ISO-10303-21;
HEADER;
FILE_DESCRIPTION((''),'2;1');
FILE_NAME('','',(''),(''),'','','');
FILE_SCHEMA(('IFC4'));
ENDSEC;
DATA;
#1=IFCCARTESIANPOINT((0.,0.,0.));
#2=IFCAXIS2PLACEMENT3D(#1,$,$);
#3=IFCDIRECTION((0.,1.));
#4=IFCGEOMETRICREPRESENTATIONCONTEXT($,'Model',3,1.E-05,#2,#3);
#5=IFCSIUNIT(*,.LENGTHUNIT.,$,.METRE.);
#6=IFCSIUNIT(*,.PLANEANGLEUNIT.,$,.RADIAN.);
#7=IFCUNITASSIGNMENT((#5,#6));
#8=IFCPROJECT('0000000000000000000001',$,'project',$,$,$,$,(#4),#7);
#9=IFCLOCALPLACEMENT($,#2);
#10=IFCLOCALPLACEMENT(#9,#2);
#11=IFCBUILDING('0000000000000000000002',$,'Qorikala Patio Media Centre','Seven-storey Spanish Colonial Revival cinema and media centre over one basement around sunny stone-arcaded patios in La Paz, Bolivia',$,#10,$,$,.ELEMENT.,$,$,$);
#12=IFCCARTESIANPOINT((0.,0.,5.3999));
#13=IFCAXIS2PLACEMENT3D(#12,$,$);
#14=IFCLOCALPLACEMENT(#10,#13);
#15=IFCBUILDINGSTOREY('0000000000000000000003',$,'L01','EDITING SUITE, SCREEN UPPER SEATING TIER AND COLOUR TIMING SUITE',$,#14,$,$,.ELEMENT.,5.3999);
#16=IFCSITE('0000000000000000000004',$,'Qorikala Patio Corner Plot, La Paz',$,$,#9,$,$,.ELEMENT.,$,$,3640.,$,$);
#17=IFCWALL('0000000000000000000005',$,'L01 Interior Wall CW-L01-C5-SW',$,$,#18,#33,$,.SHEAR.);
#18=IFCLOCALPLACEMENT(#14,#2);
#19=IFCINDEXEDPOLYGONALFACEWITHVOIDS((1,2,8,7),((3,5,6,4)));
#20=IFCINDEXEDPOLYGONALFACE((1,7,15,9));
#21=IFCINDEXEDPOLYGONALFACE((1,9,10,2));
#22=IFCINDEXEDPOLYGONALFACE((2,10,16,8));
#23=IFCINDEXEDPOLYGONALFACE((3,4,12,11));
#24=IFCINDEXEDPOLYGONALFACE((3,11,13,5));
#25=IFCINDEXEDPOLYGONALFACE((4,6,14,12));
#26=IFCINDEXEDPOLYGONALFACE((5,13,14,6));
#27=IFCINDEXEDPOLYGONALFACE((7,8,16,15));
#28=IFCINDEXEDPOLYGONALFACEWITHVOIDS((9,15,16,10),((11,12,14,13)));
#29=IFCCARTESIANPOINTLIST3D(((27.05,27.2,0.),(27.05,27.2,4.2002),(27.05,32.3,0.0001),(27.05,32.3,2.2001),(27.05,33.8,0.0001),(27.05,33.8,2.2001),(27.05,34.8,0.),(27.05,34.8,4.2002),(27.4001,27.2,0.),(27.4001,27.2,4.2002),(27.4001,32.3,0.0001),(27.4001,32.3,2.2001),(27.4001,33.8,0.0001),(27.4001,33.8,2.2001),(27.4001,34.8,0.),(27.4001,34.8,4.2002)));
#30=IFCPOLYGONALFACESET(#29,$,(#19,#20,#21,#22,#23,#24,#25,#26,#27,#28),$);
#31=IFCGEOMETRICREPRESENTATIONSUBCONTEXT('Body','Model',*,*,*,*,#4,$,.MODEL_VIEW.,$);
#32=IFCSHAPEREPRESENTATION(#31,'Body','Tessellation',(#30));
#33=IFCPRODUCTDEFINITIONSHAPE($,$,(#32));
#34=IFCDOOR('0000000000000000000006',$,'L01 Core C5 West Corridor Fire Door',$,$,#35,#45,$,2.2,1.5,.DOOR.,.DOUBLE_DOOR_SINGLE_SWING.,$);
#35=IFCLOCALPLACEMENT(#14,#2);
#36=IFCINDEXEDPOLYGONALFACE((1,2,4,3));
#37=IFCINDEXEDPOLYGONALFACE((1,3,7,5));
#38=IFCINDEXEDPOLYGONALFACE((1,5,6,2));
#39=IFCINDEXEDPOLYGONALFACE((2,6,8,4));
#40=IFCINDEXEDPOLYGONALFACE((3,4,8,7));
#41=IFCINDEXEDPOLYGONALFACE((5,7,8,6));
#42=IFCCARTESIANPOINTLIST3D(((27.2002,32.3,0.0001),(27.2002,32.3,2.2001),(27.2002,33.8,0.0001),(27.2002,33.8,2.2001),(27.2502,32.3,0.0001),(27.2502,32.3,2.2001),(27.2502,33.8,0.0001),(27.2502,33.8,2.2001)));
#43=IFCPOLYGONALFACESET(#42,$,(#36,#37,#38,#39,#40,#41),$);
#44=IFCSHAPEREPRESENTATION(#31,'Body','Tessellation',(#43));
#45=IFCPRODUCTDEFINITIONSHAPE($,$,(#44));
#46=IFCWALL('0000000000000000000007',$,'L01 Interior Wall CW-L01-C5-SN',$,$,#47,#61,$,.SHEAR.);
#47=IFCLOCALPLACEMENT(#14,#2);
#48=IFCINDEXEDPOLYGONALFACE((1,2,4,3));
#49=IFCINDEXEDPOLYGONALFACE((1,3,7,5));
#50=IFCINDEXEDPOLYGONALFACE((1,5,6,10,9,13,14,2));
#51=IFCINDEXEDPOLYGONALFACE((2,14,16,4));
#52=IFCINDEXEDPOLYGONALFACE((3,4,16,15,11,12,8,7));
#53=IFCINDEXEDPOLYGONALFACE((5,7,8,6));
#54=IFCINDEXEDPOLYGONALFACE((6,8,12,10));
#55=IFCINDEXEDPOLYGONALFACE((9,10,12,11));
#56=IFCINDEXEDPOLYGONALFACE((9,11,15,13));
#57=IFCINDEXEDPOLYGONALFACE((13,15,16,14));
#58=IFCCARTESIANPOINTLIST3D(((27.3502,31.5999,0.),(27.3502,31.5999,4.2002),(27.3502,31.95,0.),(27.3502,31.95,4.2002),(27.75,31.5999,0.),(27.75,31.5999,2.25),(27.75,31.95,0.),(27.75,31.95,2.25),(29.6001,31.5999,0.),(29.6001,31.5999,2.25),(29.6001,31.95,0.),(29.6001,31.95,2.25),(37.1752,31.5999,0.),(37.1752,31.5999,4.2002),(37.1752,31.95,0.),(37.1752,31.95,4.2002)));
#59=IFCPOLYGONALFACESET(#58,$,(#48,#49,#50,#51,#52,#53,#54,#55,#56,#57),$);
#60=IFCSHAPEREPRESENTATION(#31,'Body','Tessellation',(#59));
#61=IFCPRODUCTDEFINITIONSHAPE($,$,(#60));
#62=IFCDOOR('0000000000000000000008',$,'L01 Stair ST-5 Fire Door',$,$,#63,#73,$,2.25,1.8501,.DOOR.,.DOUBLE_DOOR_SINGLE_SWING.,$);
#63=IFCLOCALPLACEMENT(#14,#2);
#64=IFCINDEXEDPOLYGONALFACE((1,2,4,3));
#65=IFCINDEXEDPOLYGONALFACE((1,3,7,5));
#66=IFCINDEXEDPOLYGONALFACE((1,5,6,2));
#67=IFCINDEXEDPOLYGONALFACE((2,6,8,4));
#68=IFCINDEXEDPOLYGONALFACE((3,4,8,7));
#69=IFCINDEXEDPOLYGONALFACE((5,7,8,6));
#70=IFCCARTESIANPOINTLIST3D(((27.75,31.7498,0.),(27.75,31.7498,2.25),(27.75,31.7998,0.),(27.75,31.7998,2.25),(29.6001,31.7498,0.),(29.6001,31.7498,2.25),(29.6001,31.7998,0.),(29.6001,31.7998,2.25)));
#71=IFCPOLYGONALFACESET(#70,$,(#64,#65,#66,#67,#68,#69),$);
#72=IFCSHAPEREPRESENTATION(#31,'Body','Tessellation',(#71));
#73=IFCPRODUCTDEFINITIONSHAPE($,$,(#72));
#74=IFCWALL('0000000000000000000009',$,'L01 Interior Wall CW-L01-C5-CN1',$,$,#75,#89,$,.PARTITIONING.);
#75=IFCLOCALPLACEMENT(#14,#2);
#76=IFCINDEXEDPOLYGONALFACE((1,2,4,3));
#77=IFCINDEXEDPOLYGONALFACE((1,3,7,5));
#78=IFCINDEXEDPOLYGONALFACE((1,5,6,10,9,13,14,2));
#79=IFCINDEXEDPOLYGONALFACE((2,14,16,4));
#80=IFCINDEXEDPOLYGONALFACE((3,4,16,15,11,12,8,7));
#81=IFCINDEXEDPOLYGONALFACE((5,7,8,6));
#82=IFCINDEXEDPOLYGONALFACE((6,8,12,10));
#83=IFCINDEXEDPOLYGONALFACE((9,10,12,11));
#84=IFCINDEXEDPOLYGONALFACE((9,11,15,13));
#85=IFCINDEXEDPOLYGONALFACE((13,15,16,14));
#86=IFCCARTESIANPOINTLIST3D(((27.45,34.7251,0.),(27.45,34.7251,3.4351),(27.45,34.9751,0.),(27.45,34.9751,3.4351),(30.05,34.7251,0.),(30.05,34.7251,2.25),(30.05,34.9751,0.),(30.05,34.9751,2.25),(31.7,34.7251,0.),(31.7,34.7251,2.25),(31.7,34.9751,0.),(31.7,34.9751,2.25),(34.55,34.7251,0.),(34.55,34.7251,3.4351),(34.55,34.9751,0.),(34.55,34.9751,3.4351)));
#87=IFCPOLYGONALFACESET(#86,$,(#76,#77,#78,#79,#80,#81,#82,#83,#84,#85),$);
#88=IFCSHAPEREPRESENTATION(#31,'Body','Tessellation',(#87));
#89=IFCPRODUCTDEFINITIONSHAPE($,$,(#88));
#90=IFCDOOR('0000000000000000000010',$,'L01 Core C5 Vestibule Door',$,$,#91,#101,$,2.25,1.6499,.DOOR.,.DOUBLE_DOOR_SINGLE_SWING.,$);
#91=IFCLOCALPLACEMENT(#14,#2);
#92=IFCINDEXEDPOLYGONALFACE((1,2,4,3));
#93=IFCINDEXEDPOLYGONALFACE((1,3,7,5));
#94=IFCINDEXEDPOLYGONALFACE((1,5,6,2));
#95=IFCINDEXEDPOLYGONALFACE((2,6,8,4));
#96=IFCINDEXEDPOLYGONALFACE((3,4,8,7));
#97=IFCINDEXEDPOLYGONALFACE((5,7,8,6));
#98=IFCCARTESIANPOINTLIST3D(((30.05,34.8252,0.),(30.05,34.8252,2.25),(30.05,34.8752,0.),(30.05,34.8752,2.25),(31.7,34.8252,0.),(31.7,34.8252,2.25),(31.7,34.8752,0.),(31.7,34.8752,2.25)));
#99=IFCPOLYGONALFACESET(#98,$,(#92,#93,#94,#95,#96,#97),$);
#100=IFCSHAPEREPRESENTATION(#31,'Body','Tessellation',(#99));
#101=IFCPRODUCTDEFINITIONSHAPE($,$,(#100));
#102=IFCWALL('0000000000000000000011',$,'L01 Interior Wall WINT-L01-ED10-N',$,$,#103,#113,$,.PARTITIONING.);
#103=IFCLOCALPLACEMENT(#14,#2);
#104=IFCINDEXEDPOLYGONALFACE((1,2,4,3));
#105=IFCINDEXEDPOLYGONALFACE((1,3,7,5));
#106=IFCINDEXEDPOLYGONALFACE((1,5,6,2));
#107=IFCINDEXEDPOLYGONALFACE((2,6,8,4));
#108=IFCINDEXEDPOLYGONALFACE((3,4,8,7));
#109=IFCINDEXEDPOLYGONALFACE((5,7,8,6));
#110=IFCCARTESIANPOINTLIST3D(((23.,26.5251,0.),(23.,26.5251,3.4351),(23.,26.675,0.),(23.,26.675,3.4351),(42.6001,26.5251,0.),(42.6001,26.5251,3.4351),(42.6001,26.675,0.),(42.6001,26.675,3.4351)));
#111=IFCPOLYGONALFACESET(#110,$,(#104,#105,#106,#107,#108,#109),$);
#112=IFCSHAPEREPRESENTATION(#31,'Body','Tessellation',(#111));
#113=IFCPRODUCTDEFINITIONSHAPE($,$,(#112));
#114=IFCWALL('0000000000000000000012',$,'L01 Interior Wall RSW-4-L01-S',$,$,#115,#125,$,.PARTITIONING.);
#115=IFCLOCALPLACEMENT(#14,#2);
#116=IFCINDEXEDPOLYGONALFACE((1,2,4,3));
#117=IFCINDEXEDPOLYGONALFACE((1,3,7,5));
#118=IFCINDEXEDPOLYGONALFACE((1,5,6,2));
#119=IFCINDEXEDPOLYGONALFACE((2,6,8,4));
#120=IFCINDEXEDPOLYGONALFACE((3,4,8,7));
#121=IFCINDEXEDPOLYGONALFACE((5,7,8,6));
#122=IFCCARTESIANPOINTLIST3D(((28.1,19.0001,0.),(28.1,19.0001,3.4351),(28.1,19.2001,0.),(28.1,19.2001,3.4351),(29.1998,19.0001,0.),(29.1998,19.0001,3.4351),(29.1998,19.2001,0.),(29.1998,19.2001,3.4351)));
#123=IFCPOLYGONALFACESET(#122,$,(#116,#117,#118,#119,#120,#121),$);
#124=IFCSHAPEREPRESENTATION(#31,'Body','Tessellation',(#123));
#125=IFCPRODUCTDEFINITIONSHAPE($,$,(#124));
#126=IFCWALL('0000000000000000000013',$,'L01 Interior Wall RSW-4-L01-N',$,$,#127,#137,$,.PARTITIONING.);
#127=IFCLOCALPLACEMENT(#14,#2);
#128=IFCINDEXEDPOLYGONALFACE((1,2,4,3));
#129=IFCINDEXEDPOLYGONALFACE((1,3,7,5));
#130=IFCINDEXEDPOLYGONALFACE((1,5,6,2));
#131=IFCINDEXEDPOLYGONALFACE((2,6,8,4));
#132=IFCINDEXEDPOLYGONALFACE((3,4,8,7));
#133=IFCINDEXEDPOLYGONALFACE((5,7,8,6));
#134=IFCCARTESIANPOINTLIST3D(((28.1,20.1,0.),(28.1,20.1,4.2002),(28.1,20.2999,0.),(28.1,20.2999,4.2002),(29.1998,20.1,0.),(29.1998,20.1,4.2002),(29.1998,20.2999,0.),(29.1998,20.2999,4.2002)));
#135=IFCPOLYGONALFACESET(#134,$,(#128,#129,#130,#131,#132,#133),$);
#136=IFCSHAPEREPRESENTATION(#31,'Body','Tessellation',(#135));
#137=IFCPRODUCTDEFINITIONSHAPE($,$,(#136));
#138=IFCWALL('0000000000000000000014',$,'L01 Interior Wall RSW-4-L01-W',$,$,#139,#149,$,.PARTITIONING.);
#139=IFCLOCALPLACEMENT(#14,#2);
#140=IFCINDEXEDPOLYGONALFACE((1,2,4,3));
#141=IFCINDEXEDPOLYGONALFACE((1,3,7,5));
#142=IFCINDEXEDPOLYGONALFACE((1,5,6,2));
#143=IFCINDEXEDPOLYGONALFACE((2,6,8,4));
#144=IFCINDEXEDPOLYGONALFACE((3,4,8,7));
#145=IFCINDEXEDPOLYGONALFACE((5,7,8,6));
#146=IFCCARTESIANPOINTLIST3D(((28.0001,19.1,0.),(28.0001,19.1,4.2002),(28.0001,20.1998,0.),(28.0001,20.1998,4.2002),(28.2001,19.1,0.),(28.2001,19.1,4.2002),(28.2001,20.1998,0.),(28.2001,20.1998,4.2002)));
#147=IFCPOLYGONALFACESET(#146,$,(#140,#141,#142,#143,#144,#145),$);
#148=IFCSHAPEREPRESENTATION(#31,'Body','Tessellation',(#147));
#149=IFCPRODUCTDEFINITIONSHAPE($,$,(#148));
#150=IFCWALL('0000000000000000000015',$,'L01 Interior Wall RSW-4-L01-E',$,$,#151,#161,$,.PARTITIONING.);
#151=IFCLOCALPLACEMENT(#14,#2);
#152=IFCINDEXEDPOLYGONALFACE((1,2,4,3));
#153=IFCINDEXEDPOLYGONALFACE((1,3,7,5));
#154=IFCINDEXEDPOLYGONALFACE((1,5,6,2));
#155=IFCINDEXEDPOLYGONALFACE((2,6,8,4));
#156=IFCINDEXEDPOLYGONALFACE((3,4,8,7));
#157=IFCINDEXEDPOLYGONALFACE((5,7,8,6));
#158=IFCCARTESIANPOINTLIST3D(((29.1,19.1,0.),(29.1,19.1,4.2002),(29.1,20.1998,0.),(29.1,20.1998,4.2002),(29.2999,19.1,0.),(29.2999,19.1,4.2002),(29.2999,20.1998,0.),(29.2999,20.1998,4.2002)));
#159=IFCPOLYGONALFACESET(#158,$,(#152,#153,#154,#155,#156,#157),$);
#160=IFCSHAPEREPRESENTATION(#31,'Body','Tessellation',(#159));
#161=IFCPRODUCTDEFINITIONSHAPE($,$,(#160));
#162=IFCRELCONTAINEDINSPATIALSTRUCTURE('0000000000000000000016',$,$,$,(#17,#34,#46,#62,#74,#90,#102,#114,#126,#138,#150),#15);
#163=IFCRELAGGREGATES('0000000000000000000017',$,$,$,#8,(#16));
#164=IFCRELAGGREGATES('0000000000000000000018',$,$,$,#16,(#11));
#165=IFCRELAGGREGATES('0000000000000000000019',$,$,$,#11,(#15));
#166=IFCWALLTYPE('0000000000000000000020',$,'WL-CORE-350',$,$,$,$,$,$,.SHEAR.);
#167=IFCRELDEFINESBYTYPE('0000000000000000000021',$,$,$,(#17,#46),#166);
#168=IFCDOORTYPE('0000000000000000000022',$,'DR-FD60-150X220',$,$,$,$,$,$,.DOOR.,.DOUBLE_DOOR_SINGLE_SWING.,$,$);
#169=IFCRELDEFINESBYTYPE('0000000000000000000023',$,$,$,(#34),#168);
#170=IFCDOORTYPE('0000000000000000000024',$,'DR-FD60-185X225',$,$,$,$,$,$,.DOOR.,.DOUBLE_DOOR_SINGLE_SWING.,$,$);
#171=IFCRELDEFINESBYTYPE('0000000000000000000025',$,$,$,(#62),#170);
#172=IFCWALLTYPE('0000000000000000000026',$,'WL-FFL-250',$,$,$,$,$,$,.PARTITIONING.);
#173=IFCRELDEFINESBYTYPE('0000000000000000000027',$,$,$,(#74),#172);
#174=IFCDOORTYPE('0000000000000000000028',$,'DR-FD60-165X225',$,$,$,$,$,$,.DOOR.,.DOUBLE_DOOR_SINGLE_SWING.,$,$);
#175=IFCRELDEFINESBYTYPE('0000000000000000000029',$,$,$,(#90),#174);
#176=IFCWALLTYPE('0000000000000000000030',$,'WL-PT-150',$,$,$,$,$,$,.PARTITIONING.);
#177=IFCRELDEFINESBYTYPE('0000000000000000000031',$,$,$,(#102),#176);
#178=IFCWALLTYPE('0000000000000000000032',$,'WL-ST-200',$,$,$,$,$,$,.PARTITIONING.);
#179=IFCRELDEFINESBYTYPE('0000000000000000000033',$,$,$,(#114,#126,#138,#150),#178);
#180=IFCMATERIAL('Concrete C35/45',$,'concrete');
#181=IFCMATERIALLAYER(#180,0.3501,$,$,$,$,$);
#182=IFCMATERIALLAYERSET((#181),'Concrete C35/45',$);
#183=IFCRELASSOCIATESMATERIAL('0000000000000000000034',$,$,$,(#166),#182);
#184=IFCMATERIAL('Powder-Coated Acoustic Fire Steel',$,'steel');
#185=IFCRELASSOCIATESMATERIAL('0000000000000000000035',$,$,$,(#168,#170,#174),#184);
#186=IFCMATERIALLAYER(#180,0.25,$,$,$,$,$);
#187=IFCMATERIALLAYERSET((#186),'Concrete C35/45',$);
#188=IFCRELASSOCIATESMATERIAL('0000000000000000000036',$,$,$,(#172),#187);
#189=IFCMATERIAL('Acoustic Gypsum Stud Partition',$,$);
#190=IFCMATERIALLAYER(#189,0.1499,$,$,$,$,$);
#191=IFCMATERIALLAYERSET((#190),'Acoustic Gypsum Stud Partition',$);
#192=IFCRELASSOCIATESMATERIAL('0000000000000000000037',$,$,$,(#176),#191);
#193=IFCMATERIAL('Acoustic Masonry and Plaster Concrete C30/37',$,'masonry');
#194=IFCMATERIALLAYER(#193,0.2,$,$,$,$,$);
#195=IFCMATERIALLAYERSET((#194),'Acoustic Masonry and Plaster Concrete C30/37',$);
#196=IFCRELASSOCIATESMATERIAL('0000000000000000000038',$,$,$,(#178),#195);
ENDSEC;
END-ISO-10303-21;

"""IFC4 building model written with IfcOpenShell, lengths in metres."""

from ifc_helpers import new_model, si_unit, direction, frame, frame_2d, origin, place, context, subcontext, project, spatial, rectangle, extrude, material, layer, layer_set, type_object, element, fill, save


model = new_model("IFC4")

# Units and contexts
model_context = context("Model", 3, precision=1e-05, world=origin(), true_north=direction((0.0, 1.0)))
body_context = subcontext(model_context, "Body", "Model", "MODEL_VIEW")
ifc_project = project(units=[si_unit("LENGTHUNIT", "METRE"), si_unit("PLANEANGLEUNIT", "RADIAN")], contexts=[model_context])

# Site, building, storey
site_placement = place(None, origin())
site = spatial("IfcSite", under=ifc_project, at=site_placement, Name="Qorikala Patio Corner Plot, La Paz", CompositionType="ELEMENT", RefElevation=3640.0)
building_placement = place(site_placement, origin())
building = spatial("IfcBuilding", under=site, at=building_placement, Name="Qorikala Patio Media Centre", Description="Seven-storey Spanish Colonial Revival cinema and media centre over one basement around sunny stone-arcaded patios in La Paz, Bolivia", CompositionType="ELEMENT")
storey_placement = place(building_placement, frame((0.0, 0.0, 5.3999)))
storey = spatial("IfcBuildingStorey", under=building, at=storey_placement, Name="L01", Description="EDITING SUITE, SCREEN UPPER SEATING TIER AND COLOUR TIMING SUITE", CompositionType="ELEMENT", Elevation=5.3999)

# Shared definitions
ifc_material_1 = material(Name="Concrete C35/45", Category="concrete")

# Shared definitions
ifc_layer_1 = layer(ifc_material_1, 0.3501)
ifc_layer_set_1 = layer_set([ifc_layer_1], Name="Concrete C35/45")
wall_type_1 = type_object("IfcWallType", Name="WL-CORE-350", PredefinedType="SHEAR", material=ifc_layer_set_1)

# Walls, openings, doors
wall_1_placement = place(storey_placement, frame((27.2251, 27.2, 0.0), z_axis=(0.0, 0.0, 1.0), x_axis=(0.0, 1.0, 0.0)))
wall_1 = element("IfcWall", 1, at=wall_1_placement, inside=storey, type_object=wall_type_1, Name="L01 Interior Wall CW-L01-C5-SW", PredefinedType="SHEAR", context=body_context, shape_type="SweptSolid", body=[
    extrude(rectangle(XDim=7.6001, YDim=0.3501, at=frame_2d((3.8, 0.0))), origin(), (0.0, 0.0, 1.0), 4.2002),
])
opening_1_placement = place(wall_1_placement, frame((5.1001, 0.0, 0.0)))
opening_1 = element("IfcOpeningElement", 2, at=opening_1_placement, cuts=wall_1, PredefinedType="OPENING", context=body_context, shape_type="SweptSolid", body=[
    extrude(rectangle(XDim=1.5, YDim=2.2, at=frame_2d((0.75, 1.1001))), frame((0.0, 0.1851, 0.0), z_axis=(0.0, -1.0, 0.0), x_axis=(1.0, 0.0, 0.0)), (0.0, 0.0, 1.0), 0.3701),
])
ifc_material_2 = material(Name="Powder-Coated Acoustic Fire Steel", Category="steel")
door_type_1 = type_object("IfcDoorType", Name="DR-FD60-150X220", OperationType="DOUBLE_DOOR_SINGLE_SWING", PredefinedType="DOOR", material=ifc_material_2)
door_1_placement = place(opening_1_placement, origin())
door_1 = element("IfcDoor", 3, at=door_1_placement, inside=storey, type_object=door_type_1, Name="L01 Core C5 West Corridor Fire Door", OperationType="DOUBLE_DOOR_SINGLE_SWING", OverallHeight=2.2, OverallWidth=1.5, PredefinedType="DOOR", context=body_context, shape_type="SweptSolid", body=[
    extrude(rectangle(XDim=1.5, YDim=2.2, at=frame_2d((0.75, 1.1001))), frame((0.0, 0.0249, 0.0), z_axis=(0.0, -1.0, 0.0), x_axis=(1.0, 0.0, 0.0)), (0.0, 0.0, 1.0), 0.05),
])
fill(opening_1, door_1)
wall_2_placement = place(storey_placement, frame((27.3501, 31.7749, 0.0), z_axis=(0.0, 0.0, 1.0), x_axis=(1.0, 0.0, 0.0)))
wall_2 = element("IfcWall", 4, at=wall_2_placement, inside=storey, type_object=wall_type_1, Name="L01 Interior Wall CW-L01-C5-SN", PredefinedType="SHEAR", context=body_context, shape_type="SweptSolid", body=[
    extrude(rectangle(XDim=9.825, YDim=0.3501, at=frame_2d((4.9126, 0.0))), origin(), (0.0, 0.0, 1.0), 4.2002),
])
opening_2_placement = place(wall_2_placement, frame((0.3999, 0.0, 0.0)))
opening_2 = element("IfcOpeningElement", 5, at=opening_2_placement, cuts=wall_2, PredefinedType="OPENING", context=body_context, shape_type="SweptSolid", body=[
    extrude(rectangle(XDim=1.8501, YDim=2.25, at=frame_2d((0.925, 1.125))), frame((0.0, 0.1851, 0.0), z_axis=(0.0, -1.0, 0.0), x_axis=(1.0, 0.0, 0.0)), (0.0, 0.0, 1.0), 0.3701),
])
door_type_2 = type_object("IfcDoorType", Name="DR-FD60-185X225", OperationType="DOUBLE_DOOR_SINGLE_SWING", PredefinedType="DOOR", material=ifc_material_2)
door_2_placement = place(opening_2_placement, origin())
door_2 = element("IfcDoor", 6, at=door_2_placement, inside=storey, type_object=door_type_2, Name="L01 Stair ST-5 Fire Door", OperationType="DOUBLE_DOOR_SINGLE_SWING", OverallHeight=2.25, OverallWidth=1.8501, PredefinedType="DOOR", context=body_context, shape_type="SweptSolid", body=[
    extrude(rectangle(XDim=1.8501, YDim=2.25, at=frame_2d((0.925, 1.125))), frame((0.0, 0.0249, 0.0), z_axis=(0.0, -1.0, 0.0), x_axis=(1.0, 0.0, 0.0)), (0.0, 0.0, 1.0), 0.05),
])
fill(opening_2, door_2)
ifc_layer_2 = layer(ifc_material_1, 0.25)
ifc_layer_set_2 = layer_set([ifc_layer_2], Name="Concrete C35/45")
wall_type_2 = type_object("IfcWallType", Name="WL-FFL-250", PredefinedType="PARTITIONING", material=ifc_layer_set_2)
wall_3_placement = place(storey_placement, frame((27.45, 34.8501, 0.0), z_axis=(0.0, 0.0, 1.0), x_axis=(1.0, 0.0, 0.0)))
wall_3 = element("IfcWall", 7, at=wall_3_placement, inside=storey, type_object=wall_type_2, Name="L01 Interior Wall CW-L01-C5-CN1", PredefinedType="PARTITIONING", context=body_context, shape_type="SweptSolid", body=[
    extrude(rectangle(XDim=7.1001, YDim=0.25, at=frame_2d((3.55, 0.0))), origin(), (0.0, 0.0, 1.0), 3.4351),
])
opening_3_placement = place(wall_3_placement, frame((2.6001, 0.0, 0.0)))
opening_3 = element("IfcOpeningElement", 8, at=opening_3_placement, cuts=wall_3, PredefinedType="OPENING", context=body_context, shape_type="SweptSolid", body=[
    extrude(rectangle(XDim=1.6499, YDim=2.25, at=frame_2d((0.825, 1.125))), frame((0.0, 0.135, 0.0), z_axis=(0.0, -1.0, 0.0), x_axis=(1.0, 0.0, 0.0)), (0.0, 0.0, 1.0), 0.27),
])
door_type_3 = type_object("IfcDoorType", Name="DR-FD60-165X225", OperationType="DOUBLE_DOOR_SINGLE_SWING", PredefinedType="DOOR", material=ifc_material_2)
door_3_placement = place(opening_3_placement, frame((1.6499, 0.0, 0.0), z_axis=(0.0, 0.0, 1.0), x_axis=(-1.0, 0.0, 0.0)))
door_3 = element("IfcDoor", 9, at=door_3_placement, inside=storey, type_object=door_type_3, Name="L01 Core C5 Vestibule Door", OperationType="DOUBLE_DOOR_SINGLE_SWING", OverallHeight=2.25, OverallWidth=1.6499, PredefinedType="DOOR", context=body_context, shape_type="SweptSolid", body=[
    extrude(rectangle(XDim=1.6499, YDim=2.25, at=frame_2d((0.825, 1.125))), frame((0.0, 0.0249, 0.0), z_axis=(0.0, -1.0, 0.0), x_axis=(1.0, 0.0, 0.0)), (0.0, 0.0, 1.0), 0.05),
])
fill(opening_3, door_3)

# Walls
ifc_material_3 = material(Name="Acoustic Gypsum Stud Partition")
ifc_layer_3 = layer(ifc_material_3, 0.1499)
ifc_layer_set_3 = layer_set([ifc_layer_3], Name="Acoustic Gypsum Stud Partition")
wall_type_3 = type_object("IfcWallType", Name="WL-PT-150", PredefinedType="PARTITIONING", material=ifc_layer_set_3)
wall_4_placement = place(storey_placement, frame((23.0, 26.6001, 0.0), z_axis=(0.0, 0.0, 1.0), x_axis=(1.0, 0.0, 0.0)))
element("IfcWall", 10, at=wall_4_placement, inside=storey, type_object=wall_type_3, Name="L01 Interior Wall WINT-L01-ED10-N", PredefinedType="PARTITIONING", context=body_context, shape_type="SweptSolid", body=[
    extrude(rectangle(XDim=19.6001, YDim=0.1499, at=frame_2d((9.8, 0.0))), origin(), (0.0, 0.0, 1.0), 3.4351),
])
ifc_material_4 = material(Name="Acoustic Masonry and Plaster Concrete C30/37", Category="masonry")
ifc_layer_4 = layer(ifc_material_4, 0.2)
ifc_layer_set_4 = layer_set([ifc_layer_4], Name="Acoustic Masonry and Plaster Concrete C30/37")
wall_type_4 = type_object("IfcWallType", Name="WL-ST-200", PredefinedType="PARTITIONING", material=ifc_layer_set_4)
wall_5_placement = place(storey_placement, frame((28.1001, 19.1001, 0.0), z_axis=(0.0, 0.0, 1.0), x_axis=(1.0, 0.0, 0.0)))
element("IfcWall", 11, at=wall_5_placement, inside=storey, type_object=wall_type_4, Name="L01 Interior Wall RSW-4-L01-S", PredefinedType="PARTITIONING", context=body_context, shape_type="SweptSolid", body=[
    extrude(rectangle(XDim=1.0999, YDim=0.2, at=frame_2d((0.5498, 0.0))), origin(), (0.0, 0.0, 1.0), 3.4351),
])
for number, where, z_axis, x_axis, name in (
    (12, (28.1001, 20.2, 0.0), (0.0, 0.0, 1.0), (1.0, 0.0, 0.0), "L01 Interior Wall RSW-4-L01-N"),
    (13, (28.1001, 19.1001, 0.0), (0.0, 0.0, 1.0), (0.0, 1.0, 0.0), "L01 Interior Wall RSW-4-L01-W"),
    (14, (29.2, 19.1001, 0.0), (0.0, 0.0, 1.0), (0.0, 1.0, 0.0), "L01 Interior Wall RSW-4-L01-E"),
):
    element("IfcWall", number, at=place(storey_placement, frame(where, z_axis=z_axis, x_axis=x_axis)), inside=storey, type_object=wall_type_4, Name=name, PredefinedType="PARTITIONING", context=body_context, shape_type="SweptSolid", body=[
        extrude(rectangle(XDim=1.0999, YDim=0.2, at=frame_2d((0.5498, 0.0))), origin(), (0.0, 0.0, 1.0), 4.2002),
    ])

save(model, "model.ifc")
